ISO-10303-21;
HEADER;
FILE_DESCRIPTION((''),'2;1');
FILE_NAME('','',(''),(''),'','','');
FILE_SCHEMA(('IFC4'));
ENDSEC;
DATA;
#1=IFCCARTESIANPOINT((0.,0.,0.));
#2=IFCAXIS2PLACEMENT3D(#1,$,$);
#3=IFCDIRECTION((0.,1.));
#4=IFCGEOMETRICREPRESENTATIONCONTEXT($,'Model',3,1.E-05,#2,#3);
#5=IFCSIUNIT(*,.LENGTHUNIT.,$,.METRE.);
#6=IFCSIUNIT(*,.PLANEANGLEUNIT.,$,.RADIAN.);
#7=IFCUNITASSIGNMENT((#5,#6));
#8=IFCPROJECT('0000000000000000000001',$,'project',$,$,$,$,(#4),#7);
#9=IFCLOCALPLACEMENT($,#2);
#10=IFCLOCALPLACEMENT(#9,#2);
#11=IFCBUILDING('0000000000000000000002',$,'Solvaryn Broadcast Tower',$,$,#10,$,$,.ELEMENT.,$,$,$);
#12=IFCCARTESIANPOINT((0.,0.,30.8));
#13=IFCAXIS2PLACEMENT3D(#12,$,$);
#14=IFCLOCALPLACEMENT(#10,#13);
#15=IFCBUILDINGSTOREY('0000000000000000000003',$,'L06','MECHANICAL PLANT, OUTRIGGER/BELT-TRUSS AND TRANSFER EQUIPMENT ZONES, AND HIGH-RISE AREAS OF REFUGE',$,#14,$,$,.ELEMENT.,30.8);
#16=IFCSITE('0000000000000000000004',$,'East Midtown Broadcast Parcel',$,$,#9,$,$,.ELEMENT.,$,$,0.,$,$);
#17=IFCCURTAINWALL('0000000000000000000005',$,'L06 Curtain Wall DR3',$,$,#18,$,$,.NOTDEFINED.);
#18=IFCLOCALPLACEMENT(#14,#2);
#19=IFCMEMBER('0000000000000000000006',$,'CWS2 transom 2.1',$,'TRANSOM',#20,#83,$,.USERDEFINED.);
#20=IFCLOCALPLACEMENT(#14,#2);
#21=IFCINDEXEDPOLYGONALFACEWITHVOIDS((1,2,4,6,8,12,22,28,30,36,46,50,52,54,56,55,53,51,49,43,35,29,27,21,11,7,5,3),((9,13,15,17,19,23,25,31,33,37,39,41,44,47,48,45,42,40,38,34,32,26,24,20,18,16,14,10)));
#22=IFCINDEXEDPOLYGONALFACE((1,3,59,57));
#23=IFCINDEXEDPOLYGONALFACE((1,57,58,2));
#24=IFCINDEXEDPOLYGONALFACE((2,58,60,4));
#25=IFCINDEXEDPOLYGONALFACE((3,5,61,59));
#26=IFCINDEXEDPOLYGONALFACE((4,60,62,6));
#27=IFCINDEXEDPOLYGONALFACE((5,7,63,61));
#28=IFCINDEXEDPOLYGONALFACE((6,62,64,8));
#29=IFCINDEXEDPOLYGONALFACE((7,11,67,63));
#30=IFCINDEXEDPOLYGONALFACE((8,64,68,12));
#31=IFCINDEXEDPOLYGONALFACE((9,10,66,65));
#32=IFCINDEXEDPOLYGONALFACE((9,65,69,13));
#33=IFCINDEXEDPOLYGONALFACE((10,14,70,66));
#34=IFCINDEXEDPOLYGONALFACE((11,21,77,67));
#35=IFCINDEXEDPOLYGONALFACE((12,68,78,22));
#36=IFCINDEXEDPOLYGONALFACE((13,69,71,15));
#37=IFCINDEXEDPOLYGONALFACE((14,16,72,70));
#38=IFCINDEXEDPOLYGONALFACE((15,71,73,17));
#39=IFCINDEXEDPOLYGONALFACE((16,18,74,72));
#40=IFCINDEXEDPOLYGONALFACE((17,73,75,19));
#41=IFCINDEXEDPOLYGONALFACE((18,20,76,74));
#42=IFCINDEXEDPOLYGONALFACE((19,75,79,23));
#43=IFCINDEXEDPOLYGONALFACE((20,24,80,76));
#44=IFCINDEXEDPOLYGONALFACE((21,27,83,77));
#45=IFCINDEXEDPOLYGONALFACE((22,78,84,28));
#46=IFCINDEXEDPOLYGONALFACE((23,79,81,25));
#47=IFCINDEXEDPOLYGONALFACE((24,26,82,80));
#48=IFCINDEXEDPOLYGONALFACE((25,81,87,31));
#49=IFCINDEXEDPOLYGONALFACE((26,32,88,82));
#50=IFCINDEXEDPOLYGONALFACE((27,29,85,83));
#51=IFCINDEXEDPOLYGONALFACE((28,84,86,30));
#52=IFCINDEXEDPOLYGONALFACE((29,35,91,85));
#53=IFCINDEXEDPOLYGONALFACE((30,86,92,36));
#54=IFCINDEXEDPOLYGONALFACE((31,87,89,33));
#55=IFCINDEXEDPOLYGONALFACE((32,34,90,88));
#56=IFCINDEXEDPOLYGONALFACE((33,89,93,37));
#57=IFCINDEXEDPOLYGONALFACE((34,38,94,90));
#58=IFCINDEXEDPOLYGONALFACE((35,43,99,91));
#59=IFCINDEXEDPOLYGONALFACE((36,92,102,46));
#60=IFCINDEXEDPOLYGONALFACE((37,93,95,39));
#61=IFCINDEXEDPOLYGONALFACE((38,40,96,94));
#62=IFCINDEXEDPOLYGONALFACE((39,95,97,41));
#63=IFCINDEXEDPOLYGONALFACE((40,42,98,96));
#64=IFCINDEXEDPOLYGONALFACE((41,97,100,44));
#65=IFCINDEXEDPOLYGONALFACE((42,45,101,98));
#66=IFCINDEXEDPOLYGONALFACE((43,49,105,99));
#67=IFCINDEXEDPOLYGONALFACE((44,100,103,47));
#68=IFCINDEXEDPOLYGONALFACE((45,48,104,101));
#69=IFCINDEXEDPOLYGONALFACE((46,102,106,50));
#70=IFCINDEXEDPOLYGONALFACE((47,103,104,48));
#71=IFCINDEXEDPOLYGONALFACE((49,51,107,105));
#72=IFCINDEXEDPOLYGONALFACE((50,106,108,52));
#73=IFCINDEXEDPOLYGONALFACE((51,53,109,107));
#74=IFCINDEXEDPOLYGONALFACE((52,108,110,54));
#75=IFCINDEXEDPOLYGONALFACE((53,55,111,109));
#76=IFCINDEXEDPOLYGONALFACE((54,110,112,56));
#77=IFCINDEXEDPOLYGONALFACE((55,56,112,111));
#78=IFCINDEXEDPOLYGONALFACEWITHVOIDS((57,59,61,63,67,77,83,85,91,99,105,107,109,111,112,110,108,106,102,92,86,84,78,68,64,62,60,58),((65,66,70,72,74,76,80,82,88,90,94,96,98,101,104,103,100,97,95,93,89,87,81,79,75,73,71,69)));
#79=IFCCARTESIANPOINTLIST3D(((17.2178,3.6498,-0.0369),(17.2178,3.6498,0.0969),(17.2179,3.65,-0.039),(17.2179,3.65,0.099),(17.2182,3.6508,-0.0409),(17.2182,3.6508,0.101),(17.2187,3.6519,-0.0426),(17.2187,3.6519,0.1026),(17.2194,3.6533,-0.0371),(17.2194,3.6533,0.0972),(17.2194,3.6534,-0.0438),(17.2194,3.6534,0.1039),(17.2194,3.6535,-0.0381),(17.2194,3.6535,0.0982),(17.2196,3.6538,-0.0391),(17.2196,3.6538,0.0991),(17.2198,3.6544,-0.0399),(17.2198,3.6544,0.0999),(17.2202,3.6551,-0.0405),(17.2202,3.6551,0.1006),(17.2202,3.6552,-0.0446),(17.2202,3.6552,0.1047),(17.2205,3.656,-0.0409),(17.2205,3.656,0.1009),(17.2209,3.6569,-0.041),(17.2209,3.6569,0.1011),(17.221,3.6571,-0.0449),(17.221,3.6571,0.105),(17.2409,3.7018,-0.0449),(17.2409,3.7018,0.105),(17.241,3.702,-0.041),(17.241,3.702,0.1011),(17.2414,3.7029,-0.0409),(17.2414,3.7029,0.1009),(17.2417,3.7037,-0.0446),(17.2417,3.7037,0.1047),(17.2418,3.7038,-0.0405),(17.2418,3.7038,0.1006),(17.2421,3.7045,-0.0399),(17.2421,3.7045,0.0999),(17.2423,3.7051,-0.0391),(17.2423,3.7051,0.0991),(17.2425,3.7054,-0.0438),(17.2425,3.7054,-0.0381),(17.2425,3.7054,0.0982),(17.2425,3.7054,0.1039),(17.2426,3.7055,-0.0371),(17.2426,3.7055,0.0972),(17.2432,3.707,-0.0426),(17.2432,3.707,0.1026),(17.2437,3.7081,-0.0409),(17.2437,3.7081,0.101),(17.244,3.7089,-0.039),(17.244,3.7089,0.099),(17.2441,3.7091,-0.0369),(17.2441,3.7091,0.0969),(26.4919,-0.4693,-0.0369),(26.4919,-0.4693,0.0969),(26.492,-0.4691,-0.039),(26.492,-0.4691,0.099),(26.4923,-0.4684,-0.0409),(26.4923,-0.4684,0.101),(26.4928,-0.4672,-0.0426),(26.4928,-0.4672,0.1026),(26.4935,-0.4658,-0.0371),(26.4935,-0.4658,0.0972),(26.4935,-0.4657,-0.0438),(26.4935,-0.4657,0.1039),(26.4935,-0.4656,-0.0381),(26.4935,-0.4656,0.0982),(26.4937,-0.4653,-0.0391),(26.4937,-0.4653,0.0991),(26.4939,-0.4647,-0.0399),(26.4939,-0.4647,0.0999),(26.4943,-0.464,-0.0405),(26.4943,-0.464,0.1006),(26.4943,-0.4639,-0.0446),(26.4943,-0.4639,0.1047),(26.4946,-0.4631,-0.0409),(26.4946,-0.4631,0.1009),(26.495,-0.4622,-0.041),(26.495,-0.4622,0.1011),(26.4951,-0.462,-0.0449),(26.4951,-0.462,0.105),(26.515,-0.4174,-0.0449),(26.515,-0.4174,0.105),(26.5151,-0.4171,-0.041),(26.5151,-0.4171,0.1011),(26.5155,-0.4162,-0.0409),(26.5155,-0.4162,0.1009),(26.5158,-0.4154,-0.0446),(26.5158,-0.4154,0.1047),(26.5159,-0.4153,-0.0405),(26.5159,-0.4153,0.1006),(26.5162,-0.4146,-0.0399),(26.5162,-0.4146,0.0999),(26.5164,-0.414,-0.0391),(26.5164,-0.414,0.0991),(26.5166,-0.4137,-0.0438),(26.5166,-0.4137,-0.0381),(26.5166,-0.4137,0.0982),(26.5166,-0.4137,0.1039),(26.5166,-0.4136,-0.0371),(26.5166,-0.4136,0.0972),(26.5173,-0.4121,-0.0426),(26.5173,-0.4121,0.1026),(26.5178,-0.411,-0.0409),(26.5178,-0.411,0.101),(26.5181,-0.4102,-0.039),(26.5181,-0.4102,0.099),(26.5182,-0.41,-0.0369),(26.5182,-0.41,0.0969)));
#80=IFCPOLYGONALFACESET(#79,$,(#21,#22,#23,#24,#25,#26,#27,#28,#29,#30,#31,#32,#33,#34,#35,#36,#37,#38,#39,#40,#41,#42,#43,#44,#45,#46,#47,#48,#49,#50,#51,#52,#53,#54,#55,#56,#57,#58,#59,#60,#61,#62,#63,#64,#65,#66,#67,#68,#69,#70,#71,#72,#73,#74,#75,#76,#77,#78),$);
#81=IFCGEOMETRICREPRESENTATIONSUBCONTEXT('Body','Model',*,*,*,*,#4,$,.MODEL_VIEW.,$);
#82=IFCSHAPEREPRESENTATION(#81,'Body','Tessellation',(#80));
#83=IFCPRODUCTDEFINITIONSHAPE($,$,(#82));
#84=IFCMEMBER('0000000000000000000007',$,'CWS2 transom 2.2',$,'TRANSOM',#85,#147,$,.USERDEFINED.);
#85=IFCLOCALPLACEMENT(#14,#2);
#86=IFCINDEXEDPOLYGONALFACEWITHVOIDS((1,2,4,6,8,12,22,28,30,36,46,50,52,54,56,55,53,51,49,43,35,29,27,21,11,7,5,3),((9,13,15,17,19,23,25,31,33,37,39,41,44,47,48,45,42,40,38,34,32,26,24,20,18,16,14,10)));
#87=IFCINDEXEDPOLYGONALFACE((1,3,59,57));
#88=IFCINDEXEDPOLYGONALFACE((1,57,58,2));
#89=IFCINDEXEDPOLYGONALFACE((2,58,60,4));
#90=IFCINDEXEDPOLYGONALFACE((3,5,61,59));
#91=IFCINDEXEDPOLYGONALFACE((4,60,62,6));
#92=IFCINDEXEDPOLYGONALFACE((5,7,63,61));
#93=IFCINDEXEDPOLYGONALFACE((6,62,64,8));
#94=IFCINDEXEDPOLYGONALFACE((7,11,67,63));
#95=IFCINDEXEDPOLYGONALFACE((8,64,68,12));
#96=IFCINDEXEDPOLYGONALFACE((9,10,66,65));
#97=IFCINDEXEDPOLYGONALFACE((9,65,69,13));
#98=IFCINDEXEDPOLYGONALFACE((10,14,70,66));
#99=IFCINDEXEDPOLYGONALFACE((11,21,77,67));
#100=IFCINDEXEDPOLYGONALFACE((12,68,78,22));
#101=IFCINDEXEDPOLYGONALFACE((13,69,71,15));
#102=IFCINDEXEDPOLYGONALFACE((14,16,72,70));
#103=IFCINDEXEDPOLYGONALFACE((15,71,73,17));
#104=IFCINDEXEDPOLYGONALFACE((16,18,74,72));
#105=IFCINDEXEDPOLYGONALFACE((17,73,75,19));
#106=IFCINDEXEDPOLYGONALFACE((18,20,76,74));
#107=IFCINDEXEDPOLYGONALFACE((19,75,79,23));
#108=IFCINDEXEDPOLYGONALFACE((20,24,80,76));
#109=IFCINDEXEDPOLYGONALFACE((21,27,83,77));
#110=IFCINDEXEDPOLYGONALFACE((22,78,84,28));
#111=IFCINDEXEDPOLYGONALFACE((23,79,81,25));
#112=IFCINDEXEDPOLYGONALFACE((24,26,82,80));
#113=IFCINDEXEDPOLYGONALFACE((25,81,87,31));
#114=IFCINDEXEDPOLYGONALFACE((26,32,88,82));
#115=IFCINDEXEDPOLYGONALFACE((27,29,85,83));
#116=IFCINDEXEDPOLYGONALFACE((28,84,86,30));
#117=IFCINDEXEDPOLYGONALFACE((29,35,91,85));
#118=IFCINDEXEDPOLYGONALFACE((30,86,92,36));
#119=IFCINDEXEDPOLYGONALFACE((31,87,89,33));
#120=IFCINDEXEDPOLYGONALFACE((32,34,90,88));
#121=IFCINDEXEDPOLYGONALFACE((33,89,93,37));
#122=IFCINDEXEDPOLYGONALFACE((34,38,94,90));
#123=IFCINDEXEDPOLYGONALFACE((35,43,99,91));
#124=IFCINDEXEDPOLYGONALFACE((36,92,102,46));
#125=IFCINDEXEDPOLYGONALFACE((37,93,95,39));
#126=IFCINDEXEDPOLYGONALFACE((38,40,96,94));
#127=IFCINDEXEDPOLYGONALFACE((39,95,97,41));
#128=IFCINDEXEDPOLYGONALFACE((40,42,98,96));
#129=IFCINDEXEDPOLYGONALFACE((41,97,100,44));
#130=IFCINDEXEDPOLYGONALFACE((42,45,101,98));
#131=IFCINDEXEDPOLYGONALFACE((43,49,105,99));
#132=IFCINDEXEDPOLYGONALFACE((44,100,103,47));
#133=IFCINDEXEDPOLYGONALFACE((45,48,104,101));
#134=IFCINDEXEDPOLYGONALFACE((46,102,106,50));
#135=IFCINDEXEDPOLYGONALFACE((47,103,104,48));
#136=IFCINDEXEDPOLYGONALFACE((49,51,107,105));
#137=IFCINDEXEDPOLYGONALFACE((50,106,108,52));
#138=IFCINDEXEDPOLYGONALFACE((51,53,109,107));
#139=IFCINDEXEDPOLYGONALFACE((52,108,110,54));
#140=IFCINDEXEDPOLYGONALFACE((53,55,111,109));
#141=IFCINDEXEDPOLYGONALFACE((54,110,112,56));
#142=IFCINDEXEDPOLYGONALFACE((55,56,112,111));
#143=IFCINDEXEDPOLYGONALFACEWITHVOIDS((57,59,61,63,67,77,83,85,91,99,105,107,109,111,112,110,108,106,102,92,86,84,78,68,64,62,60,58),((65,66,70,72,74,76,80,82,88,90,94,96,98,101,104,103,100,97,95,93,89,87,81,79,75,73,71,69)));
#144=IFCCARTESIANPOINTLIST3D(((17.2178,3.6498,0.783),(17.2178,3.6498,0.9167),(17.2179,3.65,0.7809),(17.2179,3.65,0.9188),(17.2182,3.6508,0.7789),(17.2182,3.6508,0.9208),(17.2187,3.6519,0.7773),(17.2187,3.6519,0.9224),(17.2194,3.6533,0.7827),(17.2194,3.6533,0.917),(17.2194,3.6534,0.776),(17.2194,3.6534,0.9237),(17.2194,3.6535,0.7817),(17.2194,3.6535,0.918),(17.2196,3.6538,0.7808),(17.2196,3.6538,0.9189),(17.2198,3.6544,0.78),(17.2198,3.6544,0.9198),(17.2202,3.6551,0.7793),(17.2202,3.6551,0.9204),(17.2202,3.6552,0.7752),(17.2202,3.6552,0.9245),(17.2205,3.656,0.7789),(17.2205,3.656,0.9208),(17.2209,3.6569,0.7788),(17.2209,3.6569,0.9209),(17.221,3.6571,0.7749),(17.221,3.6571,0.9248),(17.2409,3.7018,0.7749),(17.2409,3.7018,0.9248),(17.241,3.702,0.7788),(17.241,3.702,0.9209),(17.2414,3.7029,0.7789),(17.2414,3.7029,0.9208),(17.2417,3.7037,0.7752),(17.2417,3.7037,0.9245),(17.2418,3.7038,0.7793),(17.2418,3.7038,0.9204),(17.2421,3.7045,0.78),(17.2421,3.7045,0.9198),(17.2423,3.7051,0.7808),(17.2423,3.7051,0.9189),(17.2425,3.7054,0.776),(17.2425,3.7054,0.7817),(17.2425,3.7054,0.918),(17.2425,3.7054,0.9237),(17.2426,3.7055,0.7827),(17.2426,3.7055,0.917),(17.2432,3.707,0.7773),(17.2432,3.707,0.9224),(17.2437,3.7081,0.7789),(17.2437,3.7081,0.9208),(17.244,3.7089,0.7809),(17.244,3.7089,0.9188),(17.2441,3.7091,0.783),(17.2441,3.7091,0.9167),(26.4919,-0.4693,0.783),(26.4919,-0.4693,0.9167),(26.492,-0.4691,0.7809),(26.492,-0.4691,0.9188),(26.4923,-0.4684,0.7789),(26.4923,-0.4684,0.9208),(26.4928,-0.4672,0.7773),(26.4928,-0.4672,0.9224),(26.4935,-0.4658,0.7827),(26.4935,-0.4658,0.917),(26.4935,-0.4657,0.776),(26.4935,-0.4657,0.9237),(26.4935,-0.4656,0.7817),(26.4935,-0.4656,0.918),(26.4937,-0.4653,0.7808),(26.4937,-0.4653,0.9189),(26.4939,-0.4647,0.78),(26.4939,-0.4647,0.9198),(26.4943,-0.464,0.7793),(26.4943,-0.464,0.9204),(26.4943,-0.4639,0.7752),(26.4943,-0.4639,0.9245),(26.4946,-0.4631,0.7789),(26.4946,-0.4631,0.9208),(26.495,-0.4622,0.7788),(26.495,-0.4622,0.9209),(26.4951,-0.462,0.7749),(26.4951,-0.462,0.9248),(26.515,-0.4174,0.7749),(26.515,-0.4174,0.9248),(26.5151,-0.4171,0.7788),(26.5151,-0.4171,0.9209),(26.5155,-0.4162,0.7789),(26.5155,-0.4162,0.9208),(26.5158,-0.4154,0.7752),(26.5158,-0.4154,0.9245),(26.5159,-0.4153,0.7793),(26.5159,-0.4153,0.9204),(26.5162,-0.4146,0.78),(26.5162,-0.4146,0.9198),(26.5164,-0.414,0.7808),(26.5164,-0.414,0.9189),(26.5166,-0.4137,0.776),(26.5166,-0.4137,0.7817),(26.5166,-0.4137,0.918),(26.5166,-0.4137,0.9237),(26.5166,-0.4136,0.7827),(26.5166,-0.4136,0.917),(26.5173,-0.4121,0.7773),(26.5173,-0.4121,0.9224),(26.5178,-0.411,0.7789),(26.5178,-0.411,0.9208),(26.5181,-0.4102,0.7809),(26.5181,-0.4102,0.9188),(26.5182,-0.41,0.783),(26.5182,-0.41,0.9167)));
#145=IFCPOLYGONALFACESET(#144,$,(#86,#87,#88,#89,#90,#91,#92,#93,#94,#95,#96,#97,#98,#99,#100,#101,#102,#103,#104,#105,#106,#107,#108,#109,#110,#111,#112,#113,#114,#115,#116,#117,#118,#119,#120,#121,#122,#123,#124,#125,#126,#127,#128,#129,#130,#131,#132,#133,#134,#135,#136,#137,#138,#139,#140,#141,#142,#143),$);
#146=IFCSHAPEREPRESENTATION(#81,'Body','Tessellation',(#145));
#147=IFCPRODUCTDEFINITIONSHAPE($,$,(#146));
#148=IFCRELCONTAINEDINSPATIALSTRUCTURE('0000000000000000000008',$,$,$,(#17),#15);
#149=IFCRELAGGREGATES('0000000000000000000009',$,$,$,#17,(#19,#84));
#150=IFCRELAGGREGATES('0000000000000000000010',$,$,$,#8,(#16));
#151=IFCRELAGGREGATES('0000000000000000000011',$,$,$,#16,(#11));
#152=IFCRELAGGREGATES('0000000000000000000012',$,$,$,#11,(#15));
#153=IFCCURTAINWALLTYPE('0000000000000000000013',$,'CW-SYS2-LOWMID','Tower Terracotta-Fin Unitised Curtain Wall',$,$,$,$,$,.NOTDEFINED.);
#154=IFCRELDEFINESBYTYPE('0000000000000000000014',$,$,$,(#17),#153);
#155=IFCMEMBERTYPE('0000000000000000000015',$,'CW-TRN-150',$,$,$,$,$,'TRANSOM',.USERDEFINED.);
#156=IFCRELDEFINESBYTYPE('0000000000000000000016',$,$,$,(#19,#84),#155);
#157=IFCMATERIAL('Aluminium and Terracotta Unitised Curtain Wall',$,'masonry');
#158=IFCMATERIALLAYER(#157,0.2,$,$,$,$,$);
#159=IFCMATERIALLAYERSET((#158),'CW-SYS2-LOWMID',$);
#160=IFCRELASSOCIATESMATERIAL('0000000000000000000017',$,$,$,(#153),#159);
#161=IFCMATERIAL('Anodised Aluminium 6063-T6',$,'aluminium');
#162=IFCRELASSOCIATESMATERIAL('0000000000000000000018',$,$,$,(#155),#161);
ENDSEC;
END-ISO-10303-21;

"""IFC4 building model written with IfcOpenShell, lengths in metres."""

from ifc_helpers import new_model, si_unit, direction, frame, origin, origin_2d, place, context, subcontext, project, spatial, hollow_rectangle, extrude, material, layer, layer_set, material_profile, profile_set, type_object, element, aggregate, save


model = new_model("IFC4")

# Units and contexts
model_context = context("Model", 3, precision=1e-05, world=origin(), true_north=direction((0.0, 1.0)))
body_context = subcontext(model_context, "Body", "Model", "MODEL_VIEW")
ifc_project = project(units=[si_unit("LENGTHUNIT", "METRE"), si_unit("PLANEANGLEUNIT", "RADIAN")], contexts=[model_context])

# Site, building, storey
site_placement = place(None, origin())
site = spatial("IfcSite", under=ifc_project, at=site_placement, Name="East Midtown Broadcast Parcel", CompositionType="ELEMENT", RefElevation=0.0)
building_placement = place(site_placement, origin())
building = spatial("IfcBuilding", under=site, at=building_placement, Name="Solvaryn Broadcast Tower", CompositionType="ELEMENT")
storey_placement = place(building_placement, frame((0.0, 0.0, 30.8)))
storey = spatial("IfcBuildingStorey", under=building, at=storey_placement, Name="L06", Description="MECHANICAL PLANT, OUTRIGGER/BELT-TRUSS AND TRANSFER EQUIPMENT ZONES, AND HIGH-RISE AREAS OF REFUGE", CompositionType="ELEMENT", Elevation=30.8)

# Curtain wall, members
ifc_material_1 = material(Name="Aluminium and Terracotta Unitised Curtain Wall", Category="masonry")
ifc_layer_1 = layer(ifc_material_1, 0.2)
ifc_layer_set_1 = layer_set([ifc_layer_1], Name="CW-SYS2-LOWMID")
curtain_wall_type = type_object("IfcCurtainWallType", Name="CW-SYS2-LOWMID", Description="Tower Terracotta-Fin Unitised Curtain Wall", PredefinedType="NOTDEFINED", material=ifc_layer_set_1)
curtain_wall_placement = place(storey_placement, origin())
curtain_wall = element("IfcCurtainWall", 1, at=curtain_wall_placement, inside=storey, type_object=curtain_wall_type, Name="L06 Curtain Wall DR3", PredefinedType="NOTDEFINED")
ifc_material_2 = material(Name="Anodised Aluminium 6063-T6", Category="aluminium")
ifc_material_profile_1 = material_profile(ifc_material_2, hollow_rectangle(XDim=0.0649, YDim=0.1499, WallThickness=0.0039, InnerFilletRadius=0.0039, OuterFilletRadius=0.0081, at=origin_2d()))
ifc_profile_set_1 = profile_set([ifc_material_profile_1], Name="Anodised Aluminium 6063-T6")
member_type_1 = type_object("IfcMemberType", Name="CW-TRN-150", ElementType="TRANSOM", PredefinedType="USERDEFINED", material=ifc_profile_set_1)
member_1_placement = place(storey_placement, frame((17.231, 3.6794, 0.03), z_axis=(0.913911, -0.405915, 0.0), x_axis=(0.405915, 0.913911, 0.0)))
member_1 = element("IfcMember", 2, at=member_1_placement, type_object=member_type_1, Name="CWS2 transom 2.1", ObjectType="TRANSOM", PredefinedType="USERDEFINED", context=body_context, shape_type="SweptSolid", body=[
    extrude(hollow_rectangle(XDim=0.0649, YDim=0.1499, WallThickness=0.0039, InnerFilletRadius=0.0039, OuterFilletRadius=0.0081, at=origin_2d()), origin(), (0.0, 0.0, 1.0), 10.1477),
])
member_2_placement = place(storey_placement, frame((17.231, 3.6794, 0.8499), z_axis=(0.913911, -0.405915, 0.0), x_axis=(0.405915, 0.913911, 0.0)))
member_2 = element("IfcMember", 3, at=member_2_placement, type_object=member_type_1, Name="CWS2 transom 2.2", ObjectType="TRANSOM", PredefinedType="USERDEFINED", context=body_context, shape_type="SweptSolid", body=[
    extrude(hollow_rectangle(XDim=0.0649, YDim=0.1499, WallThickness=0.0039, InnerFilletRadius=0.0039, OuterFilletRadius=0.0081, at=origin_2d()), origin(), (0.0, 0.0, 1.0), 10.1477),
])

aggregate(curtain_wall, [member_1, member_2])

save(model, "model.ifc")
